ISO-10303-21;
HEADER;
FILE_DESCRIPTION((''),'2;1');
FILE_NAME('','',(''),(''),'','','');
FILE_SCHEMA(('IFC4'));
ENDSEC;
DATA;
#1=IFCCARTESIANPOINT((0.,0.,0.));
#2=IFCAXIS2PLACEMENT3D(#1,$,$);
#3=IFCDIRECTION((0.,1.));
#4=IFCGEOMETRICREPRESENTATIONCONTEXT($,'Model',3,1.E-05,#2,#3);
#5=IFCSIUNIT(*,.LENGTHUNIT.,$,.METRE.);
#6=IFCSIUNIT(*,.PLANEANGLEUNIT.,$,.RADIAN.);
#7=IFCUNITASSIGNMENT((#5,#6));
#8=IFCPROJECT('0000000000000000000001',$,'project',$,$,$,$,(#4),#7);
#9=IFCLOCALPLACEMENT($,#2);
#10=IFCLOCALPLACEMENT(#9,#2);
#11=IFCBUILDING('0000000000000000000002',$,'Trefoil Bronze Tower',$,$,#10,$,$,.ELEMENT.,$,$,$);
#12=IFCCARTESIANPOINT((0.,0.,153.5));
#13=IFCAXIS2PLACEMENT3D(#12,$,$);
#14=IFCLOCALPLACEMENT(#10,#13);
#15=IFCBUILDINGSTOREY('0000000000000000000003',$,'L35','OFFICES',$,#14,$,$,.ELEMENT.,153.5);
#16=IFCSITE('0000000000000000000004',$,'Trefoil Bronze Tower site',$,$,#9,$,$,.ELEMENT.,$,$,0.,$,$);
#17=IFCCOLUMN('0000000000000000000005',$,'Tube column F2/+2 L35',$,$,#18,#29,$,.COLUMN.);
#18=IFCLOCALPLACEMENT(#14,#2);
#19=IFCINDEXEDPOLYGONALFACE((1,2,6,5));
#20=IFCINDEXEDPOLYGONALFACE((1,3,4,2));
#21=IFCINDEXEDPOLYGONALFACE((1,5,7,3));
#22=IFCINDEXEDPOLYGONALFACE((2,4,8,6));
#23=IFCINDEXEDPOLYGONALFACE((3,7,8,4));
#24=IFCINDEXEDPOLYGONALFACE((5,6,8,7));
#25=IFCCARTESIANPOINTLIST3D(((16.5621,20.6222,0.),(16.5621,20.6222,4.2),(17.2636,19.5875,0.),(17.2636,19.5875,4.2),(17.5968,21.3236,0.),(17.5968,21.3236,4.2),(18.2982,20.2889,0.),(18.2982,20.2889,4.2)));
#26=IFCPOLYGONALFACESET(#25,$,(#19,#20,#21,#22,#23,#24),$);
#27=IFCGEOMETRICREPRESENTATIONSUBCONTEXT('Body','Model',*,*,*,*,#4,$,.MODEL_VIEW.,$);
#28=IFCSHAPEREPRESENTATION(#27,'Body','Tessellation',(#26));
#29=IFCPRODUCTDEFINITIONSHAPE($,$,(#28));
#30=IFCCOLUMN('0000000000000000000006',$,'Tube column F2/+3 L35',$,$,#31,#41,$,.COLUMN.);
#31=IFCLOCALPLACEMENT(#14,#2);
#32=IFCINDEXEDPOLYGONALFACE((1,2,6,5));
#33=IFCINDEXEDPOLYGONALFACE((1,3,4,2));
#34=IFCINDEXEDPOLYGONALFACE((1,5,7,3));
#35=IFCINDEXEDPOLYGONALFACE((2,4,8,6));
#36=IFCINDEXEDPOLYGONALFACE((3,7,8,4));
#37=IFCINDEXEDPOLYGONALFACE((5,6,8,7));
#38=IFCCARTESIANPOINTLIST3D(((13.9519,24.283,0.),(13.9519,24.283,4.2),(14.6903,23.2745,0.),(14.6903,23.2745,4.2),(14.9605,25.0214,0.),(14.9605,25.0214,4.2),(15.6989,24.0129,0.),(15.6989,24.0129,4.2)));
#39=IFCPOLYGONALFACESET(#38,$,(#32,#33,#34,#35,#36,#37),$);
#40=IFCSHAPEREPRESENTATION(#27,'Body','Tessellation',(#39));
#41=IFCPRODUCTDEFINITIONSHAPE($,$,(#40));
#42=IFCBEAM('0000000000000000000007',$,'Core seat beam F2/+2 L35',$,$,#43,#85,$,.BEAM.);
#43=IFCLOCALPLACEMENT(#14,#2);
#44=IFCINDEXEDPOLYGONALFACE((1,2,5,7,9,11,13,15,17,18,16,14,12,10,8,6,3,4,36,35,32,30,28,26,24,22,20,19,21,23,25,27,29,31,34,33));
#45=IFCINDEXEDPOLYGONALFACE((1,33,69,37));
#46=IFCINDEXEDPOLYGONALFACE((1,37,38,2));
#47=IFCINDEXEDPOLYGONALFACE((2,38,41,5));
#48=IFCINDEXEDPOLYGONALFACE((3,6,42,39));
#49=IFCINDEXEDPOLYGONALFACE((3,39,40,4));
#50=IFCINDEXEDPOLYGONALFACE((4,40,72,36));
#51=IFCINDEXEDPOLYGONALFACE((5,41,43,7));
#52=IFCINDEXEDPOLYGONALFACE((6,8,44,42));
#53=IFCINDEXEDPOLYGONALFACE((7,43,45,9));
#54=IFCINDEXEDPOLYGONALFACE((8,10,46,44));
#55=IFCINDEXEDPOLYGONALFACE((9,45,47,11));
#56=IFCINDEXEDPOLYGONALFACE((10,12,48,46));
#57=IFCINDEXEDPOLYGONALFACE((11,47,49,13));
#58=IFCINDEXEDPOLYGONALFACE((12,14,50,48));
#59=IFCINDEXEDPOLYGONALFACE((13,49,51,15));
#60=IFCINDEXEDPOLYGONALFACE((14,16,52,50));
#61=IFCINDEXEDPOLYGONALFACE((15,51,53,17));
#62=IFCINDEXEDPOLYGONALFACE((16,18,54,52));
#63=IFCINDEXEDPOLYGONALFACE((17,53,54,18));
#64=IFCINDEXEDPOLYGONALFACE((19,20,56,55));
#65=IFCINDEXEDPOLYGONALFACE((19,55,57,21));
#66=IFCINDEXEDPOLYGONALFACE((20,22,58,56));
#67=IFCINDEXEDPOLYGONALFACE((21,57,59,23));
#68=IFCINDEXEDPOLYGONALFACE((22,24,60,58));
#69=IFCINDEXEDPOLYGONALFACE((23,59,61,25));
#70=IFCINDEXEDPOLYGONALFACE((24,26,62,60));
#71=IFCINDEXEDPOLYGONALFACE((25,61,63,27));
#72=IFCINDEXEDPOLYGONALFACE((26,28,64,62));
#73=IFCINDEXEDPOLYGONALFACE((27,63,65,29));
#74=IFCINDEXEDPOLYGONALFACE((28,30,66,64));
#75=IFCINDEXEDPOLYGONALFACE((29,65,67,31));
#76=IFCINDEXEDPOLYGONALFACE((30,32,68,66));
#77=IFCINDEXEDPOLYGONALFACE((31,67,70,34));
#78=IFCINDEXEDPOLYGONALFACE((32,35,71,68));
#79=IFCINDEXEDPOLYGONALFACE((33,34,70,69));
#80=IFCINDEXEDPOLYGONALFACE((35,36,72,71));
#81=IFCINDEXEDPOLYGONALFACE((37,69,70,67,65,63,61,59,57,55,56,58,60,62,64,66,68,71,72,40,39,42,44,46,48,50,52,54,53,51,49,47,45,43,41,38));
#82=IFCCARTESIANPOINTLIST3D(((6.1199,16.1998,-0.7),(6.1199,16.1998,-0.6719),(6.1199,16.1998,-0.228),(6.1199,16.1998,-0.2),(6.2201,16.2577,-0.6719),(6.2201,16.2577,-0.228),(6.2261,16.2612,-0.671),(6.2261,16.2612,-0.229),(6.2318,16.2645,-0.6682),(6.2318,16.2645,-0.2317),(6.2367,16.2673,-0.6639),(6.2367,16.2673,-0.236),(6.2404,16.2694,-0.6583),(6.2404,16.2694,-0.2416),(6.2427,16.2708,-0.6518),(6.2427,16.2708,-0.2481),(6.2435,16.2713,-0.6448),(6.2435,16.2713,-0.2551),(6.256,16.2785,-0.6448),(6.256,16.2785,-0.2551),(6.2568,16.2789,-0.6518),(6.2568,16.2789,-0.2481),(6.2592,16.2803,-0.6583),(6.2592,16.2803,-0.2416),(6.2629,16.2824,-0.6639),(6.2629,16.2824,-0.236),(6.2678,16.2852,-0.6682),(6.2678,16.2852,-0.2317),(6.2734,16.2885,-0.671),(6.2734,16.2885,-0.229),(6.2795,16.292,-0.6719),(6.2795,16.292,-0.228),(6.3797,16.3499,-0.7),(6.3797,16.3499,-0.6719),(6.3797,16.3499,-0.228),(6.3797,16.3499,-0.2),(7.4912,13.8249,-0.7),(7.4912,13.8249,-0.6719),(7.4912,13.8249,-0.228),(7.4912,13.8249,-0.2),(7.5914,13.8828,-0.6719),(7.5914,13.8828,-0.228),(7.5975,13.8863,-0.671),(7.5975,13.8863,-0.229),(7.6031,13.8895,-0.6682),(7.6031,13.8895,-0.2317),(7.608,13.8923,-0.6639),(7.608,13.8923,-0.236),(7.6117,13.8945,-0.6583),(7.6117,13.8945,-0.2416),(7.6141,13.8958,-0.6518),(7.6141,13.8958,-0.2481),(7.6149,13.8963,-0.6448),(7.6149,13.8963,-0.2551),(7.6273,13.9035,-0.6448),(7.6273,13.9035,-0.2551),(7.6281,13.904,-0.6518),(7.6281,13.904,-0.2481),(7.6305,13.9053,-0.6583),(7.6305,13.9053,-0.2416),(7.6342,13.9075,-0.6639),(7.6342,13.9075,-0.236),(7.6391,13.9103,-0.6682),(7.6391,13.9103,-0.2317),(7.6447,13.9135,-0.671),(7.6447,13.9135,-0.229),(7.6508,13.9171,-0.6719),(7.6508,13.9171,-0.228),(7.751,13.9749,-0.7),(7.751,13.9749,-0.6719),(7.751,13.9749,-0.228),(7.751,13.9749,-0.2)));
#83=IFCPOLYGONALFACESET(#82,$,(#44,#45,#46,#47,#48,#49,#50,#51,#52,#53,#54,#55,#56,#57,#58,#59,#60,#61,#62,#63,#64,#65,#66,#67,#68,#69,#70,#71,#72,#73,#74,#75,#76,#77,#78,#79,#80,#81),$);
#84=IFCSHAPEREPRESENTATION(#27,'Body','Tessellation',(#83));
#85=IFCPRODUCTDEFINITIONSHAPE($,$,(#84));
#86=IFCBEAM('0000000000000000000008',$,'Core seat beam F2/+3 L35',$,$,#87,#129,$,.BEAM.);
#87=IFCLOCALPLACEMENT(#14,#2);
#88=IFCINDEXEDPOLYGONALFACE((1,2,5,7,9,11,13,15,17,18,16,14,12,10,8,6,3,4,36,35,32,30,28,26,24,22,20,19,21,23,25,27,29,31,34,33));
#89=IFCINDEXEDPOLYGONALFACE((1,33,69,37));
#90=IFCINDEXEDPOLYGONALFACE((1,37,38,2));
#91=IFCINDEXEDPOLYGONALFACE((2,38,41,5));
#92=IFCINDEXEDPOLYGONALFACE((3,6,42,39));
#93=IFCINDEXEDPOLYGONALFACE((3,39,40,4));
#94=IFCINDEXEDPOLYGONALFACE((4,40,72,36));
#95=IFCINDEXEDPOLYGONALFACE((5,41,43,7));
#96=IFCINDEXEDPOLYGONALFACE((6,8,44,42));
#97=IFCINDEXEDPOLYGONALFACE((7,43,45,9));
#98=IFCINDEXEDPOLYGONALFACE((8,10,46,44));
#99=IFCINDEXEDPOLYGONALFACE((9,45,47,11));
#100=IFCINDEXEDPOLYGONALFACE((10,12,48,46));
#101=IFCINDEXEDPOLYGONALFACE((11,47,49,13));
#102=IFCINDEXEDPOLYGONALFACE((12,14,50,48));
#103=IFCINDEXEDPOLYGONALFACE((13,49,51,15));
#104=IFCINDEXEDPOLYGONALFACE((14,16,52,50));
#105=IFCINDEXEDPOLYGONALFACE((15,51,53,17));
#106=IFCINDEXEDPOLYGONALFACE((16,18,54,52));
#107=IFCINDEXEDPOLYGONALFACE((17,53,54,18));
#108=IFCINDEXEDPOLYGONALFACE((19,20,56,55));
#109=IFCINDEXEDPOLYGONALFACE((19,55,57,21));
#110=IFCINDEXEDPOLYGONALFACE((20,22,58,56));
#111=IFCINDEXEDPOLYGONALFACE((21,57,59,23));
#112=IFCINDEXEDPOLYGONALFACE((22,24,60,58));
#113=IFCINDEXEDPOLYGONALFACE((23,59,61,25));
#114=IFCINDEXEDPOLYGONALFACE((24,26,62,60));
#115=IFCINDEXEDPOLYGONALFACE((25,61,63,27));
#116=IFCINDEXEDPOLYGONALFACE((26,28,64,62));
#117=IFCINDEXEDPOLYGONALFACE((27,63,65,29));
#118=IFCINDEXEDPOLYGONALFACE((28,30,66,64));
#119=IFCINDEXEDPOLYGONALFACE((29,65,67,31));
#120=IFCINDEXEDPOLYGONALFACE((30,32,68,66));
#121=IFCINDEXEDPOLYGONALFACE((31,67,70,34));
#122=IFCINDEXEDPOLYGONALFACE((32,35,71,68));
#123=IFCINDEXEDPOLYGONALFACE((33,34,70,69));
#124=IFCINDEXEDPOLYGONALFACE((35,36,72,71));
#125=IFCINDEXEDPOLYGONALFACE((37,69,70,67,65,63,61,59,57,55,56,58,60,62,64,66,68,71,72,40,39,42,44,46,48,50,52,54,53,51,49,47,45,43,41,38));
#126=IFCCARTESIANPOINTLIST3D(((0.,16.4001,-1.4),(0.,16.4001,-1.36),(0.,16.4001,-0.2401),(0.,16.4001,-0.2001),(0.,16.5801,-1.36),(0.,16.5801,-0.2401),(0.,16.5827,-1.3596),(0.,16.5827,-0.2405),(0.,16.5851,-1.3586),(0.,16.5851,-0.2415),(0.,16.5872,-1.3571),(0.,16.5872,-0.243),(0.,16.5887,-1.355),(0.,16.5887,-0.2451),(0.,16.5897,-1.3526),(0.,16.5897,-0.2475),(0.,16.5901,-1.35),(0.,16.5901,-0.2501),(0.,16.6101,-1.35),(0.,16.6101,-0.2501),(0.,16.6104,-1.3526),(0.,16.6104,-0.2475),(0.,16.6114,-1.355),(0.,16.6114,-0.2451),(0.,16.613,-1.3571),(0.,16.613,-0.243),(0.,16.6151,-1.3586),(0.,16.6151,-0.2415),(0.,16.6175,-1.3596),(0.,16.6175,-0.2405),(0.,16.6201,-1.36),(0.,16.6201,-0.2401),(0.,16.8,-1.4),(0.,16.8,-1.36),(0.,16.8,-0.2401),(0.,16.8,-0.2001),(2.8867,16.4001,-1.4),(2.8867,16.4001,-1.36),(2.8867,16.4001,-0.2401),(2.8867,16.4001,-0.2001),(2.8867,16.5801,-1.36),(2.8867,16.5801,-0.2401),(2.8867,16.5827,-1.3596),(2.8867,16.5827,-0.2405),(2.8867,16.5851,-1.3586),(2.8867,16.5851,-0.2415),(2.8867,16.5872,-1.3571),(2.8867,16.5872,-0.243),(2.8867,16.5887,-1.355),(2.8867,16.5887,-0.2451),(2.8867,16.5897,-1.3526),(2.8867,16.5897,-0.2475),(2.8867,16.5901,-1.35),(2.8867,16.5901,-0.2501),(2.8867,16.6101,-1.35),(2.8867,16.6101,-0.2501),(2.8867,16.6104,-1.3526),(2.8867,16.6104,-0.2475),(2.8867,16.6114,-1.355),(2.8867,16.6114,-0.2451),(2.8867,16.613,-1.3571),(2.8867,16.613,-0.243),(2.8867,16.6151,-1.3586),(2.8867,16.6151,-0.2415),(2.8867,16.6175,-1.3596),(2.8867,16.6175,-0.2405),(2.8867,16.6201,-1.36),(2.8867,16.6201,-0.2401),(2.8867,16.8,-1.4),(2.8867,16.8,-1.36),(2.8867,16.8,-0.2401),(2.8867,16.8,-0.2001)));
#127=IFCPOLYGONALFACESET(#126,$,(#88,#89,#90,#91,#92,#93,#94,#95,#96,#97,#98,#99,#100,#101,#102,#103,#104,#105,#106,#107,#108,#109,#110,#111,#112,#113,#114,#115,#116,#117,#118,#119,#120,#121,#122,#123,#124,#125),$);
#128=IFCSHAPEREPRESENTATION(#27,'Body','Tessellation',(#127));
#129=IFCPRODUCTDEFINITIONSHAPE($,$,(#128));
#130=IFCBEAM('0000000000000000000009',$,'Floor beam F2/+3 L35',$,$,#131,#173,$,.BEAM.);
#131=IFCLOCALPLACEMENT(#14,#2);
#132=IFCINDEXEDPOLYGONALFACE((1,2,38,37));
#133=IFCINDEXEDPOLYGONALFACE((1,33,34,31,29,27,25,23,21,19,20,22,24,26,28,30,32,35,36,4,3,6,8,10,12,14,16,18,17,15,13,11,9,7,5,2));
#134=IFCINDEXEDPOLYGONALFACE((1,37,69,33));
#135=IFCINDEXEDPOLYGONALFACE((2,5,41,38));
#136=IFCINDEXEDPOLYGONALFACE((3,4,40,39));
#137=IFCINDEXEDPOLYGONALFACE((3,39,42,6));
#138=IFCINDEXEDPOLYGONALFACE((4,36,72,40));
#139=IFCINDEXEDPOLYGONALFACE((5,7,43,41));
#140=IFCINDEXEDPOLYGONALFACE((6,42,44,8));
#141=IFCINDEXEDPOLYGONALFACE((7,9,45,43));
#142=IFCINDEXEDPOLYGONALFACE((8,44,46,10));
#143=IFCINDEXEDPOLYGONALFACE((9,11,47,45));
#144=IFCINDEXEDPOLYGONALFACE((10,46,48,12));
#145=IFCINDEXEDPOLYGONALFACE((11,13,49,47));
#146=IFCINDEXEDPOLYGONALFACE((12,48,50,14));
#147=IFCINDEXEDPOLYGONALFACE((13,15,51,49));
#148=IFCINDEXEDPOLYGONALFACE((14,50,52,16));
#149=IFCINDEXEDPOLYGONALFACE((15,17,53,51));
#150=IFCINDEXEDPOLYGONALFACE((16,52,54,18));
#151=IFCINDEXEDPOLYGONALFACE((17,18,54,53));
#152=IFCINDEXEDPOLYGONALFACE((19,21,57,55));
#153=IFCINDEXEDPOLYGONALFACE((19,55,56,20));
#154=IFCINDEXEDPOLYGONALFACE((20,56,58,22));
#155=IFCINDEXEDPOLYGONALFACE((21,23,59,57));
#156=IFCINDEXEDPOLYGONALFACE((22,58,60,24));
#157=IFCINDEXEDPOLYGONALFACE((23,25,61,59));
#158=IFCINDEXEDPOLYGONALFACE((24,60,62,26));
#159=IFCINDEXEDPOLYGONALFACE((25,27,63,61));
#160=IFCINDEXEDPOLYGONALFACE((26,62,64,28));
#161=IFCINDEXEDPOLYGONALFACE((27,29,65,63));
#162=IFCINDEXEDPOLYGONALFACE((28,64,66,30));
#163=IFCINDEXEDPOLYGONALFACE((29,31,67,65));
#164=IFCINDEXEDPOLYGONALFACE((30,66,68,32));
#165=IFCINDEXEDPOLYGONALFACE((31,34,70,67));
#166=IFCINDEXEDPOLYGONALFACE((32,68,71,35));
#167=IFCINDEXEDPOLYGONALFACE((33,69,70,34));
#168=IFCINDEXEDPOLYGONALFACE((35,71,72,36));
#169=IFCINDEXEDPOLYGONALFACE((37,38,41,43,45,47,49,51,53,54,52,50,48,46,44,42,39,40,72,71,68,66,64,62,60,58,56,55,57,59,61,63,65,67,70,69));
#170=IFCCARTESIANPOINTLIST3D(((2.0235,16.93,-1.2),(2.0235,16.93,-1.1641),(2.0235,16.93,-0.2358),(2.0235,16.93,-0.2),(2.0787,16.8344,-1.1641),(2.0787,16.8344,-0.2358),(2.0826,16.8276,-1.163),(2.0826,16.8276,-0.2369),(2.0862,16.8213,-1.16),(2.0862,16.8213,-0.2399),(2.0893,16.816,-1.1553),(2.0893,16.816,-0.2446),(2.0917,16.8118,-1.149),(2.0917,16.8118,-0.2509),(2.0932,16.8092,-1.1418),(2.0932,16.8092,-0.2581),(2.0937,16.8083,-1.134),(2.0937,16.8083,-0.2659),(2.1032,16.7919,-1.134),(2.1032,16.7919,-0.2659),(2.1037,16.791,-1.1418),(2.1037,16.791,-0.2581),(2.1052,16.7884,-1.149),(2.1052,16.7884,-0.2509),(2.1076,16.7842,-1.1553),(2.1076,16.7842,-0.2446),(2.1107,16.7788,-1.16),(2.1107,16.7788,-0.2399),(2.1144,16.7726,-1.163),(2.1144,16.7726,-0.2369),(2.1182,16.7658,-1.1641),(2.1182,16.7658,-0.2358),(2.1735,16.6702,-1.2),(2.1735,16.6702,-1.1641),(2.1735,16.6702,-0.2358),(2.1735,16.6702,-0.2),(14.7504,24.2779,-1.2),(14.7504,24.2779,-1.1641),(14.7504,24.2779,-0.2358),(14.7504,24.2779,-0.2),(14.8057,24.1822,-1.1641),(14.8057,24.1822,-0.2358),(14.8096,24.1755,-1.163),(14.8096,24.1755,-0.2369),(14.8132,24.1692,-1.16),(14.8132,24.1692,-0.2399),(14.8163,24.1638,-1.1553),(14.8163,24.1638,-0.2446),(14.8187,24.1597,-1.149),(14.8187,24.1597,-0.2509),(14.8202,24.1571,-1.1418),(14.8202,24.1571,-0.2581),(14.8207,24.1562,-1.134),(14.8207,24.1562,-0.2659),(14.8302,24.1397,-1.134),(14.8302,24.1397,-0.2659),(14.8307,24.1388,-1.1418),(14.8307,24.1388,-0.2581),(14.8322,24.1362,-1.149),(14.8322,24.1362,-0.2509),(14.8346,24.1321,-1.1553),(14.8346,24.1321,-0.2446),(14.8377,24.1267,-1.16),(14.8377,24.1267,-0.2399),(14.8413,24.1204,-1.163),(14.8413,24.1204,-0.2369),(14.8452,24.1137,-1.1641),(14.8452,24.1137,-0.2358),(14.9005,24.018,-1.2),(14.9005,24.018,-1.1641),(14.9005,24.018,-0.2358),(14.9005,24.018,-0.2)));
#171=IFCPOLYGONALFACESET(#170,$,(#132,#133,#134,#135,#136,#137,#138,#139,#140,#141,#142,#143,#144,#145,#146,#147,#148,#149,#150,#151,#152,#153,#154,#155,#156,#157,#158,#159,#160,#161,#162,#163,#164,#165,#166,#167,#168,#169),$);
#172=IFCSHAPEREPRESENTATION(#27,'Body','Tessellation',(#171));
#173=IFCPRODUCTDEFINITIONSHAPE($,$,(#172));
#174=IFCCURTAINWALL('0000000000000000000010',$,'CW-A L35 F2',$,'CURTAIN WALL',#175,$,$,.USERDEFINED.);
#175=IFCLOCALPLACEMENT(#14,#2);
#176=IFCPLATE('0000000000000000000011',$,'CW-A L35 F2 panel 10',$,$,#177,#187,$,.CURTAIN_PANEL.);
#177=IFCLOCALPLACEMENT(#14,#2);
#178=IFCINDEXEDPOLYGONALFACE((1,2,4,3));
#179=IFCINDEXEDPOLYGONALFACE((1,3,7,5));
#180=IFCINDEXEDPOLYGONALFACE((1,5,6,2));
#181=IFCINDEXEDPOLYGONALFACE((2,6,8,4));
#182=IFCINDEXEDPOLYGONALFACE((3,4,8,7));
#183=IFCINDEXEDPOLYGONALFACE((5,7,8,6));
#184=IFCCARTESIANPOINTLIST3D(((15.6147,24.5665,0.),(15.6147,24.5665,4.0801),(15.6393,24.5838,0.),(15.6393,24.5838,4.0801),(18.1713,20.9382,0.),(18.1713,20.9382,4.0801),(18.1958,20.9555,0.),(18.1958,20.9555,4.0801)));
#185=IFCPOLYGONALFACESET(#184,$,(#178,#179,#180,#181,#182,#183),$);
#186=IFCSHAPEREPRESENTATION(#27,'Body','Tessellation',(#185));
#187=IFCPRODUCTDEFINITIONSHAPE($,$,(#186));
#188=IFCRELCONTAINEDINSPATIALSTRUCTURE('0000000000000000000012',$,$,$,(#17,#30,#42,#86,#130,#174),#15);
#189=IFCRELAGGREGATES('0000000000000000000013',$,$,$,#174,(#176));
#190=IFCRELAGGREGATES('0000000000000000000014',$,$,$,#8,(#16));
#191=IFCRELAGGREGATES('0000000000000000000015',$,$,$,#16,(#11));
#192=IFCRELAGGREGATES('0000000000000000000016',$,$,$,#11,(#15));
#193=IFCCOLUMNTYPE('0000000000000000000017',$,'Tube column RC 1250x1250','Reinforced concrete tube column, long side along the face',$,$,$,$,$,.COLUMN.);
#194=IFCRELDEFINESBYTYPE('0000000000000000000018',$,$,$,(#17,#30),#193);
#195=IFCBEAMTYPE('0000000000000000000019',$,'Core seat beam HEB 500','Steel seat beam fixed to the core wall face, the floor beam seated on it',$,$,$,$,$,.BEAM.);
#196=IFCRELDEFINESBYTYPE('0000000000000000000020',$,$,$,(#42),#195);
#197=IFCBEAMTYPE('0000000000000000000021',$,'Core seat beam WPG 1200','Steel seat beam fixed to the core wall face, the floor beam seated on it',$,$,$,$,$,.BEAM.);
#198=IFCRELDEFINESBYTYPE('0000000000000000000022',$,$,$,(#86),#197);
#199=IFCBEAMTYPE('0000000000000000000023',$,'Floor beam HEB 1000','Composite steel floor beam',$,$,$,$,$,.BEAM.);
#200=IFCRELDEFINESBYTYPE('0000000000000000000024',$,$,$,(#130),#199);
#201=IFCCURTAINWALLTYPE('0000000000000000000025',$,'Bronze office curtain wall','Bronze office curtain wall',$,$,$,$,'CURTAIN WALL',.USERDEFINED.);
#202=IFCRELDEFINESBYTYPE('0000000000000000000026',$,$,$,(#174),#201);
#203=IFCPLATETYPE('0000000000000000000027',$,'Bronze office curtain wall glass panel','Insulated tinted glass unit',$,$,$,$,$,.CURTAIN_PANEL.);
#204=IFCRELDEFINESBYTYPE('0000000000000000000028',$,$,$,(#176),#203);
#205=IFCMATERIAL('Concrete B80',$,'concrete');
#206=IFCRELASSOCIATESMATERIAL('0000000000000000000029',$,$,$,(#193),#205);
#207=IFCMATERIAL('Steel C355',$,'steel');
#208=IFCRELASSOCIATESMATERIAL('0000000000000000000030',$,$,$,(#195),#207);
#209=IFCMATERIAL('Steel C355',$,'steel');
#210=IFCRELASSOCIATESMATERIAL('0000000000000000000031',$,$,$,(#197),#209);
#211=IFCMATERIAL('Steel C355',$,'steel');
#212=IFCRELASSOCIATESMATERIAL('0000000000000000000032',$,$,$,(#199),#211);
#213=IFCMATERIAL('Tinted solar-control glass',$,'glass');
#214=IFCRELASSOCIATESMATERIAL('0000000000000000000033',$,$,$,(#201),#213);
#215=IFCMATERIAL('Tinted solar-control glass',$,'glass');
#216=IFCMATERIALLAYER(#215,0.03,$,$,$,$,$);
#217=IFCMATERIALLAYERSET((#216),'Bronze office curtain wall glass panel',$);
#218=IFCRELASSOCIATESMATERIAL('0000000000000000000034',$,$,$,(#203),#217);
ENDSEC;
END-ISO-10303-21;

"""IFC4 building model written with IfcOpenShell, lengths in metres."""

from ifc_helpers import new_model, si_unit, direction, frame, origin, origin_2d, place, context, subcontext, project, spatial, rectangle, i_section, extrude, material, layer, layer_set, material_profile, profile_set, type_object, element, aggregate, save


model = new_model("IFC4")

# Units and contexts
model_context = context("Model", 3, precision=1e-05, world=origin(), true_north=direction((0.0, 1.0)))
body_context = subcontext(model_context, "Body", "Model", "MODEL_VIEW")
ifc_project = project(units=[si_unit("LENGTHUNIT", "METRE"), si_unit("PLANEANGLEUNIT", "RADIAN")], contexts=[model_context])

# Site, building, storey
site_placement = place(None, origin())
site = spatial("IfcSite", under=ifc_project, at=site_placement, Name="Trefoil Bronze Tower site", CompositionType="ELEMENT", RefElevation=0.0)
building_placement = place(site_placement, origin())
building = spatial("IfcBuilding", under=site, at=building_placement, Name="Trefoil Bronze Tower", CompositionType="ELEMENT")
storey_placement = place(building_placement, frame((0.0, 0.0, 153.5)))
storey = spatial("IfcBuildingStorey", under=building, at=storey_placement, Name="L35", Description="OFFICES", CompositionType="ELEMENT", Elevation=153.5)

# Columns
ifc_material_1 = material(Name="Concrete B80", Category="concrete")
ifc_material_profile_1 = material_profile(ifc_material_1, rectangle(XDim=1.25, YDim=1.25, at=origin_2d()), Name="RC 1250x1250")
ifc_profile_set_1 = profile_set([ifc_material_profile_1], Name="Concrete B80")
column_type = type_object("IfcColumnType", Name="Tube column RC 1250x1250", Description="Reinforced concrete tube column, long side along the face", PredefinedType="COLUMN", material=ifc_profile_set_1)
for number, where, z_axis, x_axis, name in (
    (1, (17.4302, 20.4556, 0.0), (0.0, 0.0, 1.0), (-0.561136, 0.827724, 0.0), "Tube column F2/+2 L35"),
    (2, (14.8254, 24.1479, 0.0), (0.0, 0.0, 1.0), (-0.590723, 0.806875, 0.0), "Tube column F2/+3 L35"),
):
    element("IfcColumn", number, at=place(storey_placement, frame(where, z_axis=z_axis, x_axis=x_axis)), inside=storey, type_object=column_type, Name=name, PredefinedType="COLUMN", context=body_context, shape_type="SweptSolid", body=[
        extrude(rectangle(XDim=1.25, YDim=1.25, at=origin_2d()), origin(), (0.0, 0.0, 1.0), 4.2),
    ])

# Beams
ifc_material_2 = material(Name="Steel C355", Category="steel")
ifc_material_profile_2 = material_profile(ifc_material_2, i_section(OverallWidth=0.3, OverallDepth=0.5, WebThickness=0.0144, FlangeThickness=0.0281, FilletRadius=0.0271, at=origin_2d()), Name="HEB 500")
ifc_profile_set_2 = profile_set([ifc_material_profile_2], Name="Steel C355")
beam_type_1 = type_object("IfcBeamType", Name="Core seat beam HEB 500", Description="Steel seat beam fixed to the core wall face, the floor beam seated on it", PredefinedType="BEAM", material=ifc_profile_set_2)
beam_1_placement = place(storey_placement, frame((7.6211, 13.8999, -0.45), z_axis=(-0.500036, 0.866005, 0.0), x_axis=(-0.866005, -0.500036, 0.0)))
element("IfcBeam", 3, at=beam_1_placement, inside=storey, type_object=beam_type_1, Name="Core seat beam F2/+2 L35", PredefinedType="BEAM", context=body_context, shape_type="SweptSolid", body=[
    extrude(i_section(OverallWidth=0.3, OverallDepth=0.5, WebThickness=0.0144, FlangeThickness=0.0281, FilletRadius=0.0271, at=origin_2d()), origin(), (0.0, 0.0, 1.0), 2.7424),
])
ifc_material_3 = material(Name="Steel C355", Category="steel")
ifc_material_profile_3 = material_profile(ifc_material_3, i_section(OverallWidth=0.3999, OverallDepth=1.2, WebThickness=0.02, FlangeThickness=0.04, FilletRadius=0.01, at=origin_2d()), Name="WPG 1200")
ifc_profile_set_3 = profile_set([ifc_material_profile_3], Name="Steel C355")
beam_type_2 = type_object("IfcBeamType", Name="Core seat beam WPG 1200", Description="Steel seat beam fixed to the core wall face, the floor beam seated on it", PredefinedType="BEAM", material=ifc_profile_set_3)
beam_2_placement = place(storey_placement, frame((2.8867, 16.6001, -0.8), z_axis=(-1.0, 0.0, 0.0), x_axis=(0.0, -1.0, 0.0)))
element("IfcBeam", 4, at=beam_2_placement, inside=storey, type_object=beam_type_2, Name="Core seat beam F2/+3 L35", PredefinedType="BEAM", context=body_context, shape_type="SweptSolid", body=[
    extrude(i_section(OverallWidth=0.3999, OverallDepth=1.2, WebThickness=0.02, FlangeThickness=0.04, FilletRadius=0.01, at=origin_2d()), origin(), (0.0, 0.0, 1.0), 2.8867),
])
ifc_material_4 = material(Name="Steel C355", Category="steel")
ifc_material_profile_4 = material_profile(ifc_material_4, i_section(OverallWidth=0.3, OverallDepth=1.0, WebThickness=0.019, FlangeThickness=0.0359, FilletRadius=0.03, at=origin_2d()), Name="HEB 1000")
ifc_profile_set_4 = profile_set([ifc_material_profile_4], Name="Steel C355")
beam_type_3 = type_object("IfcBeamType", Name="Floor beam HEB 1000", Description="Composite steel floor beam", PredefinedType="BEAM", material=ifc_profile_set_4)
beam_3_placement = place(storey_placement, frame((14.8254, 24.1479, -0.7), z_axis=(-0.866027, -0.499997, 0.0), x_axis=(0.499997, -0.866027, 0.0)))
element("IfcBeam", 5, at=beam_3_placement, inside=storey, type_object=beam_type_3, Name="Floor beam F2/+3 L35", PredefinedType="BEAM", context=body_context, shape_type="SweptSolid", body=[
    extrude(i_section(OverallWidth=0.3, OverallDepth=1.0, WebThickness=0.019, FlangeThickness=0.0359, FilletRadius=0.03, at=origin_2d()), origin(), (0.0, 0.0, 1.0), 14.6958),
])

# Curtain wall, plate
ifc_material_5 = material(Name="Tinted solar-control glass", Category="glass")
curtain_wall_type = type_object("IfcCurtainWallType", Name="Bronze office curtain wall", Description="Bronze office curtain wall", ElementType="CURTAIN WALL", PredefinedType="USERDEFINED", material=ifc_material_5)
curtain_wall_placement = place(storey_placement, origin())
curtain_wall = element("IfcCurtainWall", 6, at=curtain_wall_placement, inside=storey, type_object=curtain_wall_type, Name="CW-A L35 F2", ObjectType="CURTAIN WALL", PredefinedType="USERDEFINED")
ifc_material_6 = material(Name="Tinted solar-control glass", Category="glass")
ifc_layer_1 = layer(ifc_material_6, 0.03)
ifc_layer_set_1 = layer_set([ifc_layer_1], Name="Bronze office curtain wall glass panel")
plate_type = type_object("IfcPlateType", Name="Bronze office curtain wall glass panel", Description="Insulated tinted glass unit", PredefinedType="CURTAIN_PANEL", material=ifc_layer_set_1)
plate_placement = place(storey_placement, frame((16.9053, 22.761, 0.0), z_axis=(0.0, 0.0, 1.0), x_axis=(-0.575999, 0.81745, 0.0)))
plate = element("IfcPlate", 7, at=plate_placement, type_object=plate_type, Name="CW-A L35 F2 panel 10", PredefinedType="CURTAIN_PANEL", context=body_context, shape_type="SweptSolid", body=[
    extrude(rectangle(XDim=4.4385, YDim=0.03, at=origin_2d()), origin(), (0.0, 0.0, 1.0), 4.0801),
])
aggregate(curtain_wall, [plate])

save(model, "model.ifc")
